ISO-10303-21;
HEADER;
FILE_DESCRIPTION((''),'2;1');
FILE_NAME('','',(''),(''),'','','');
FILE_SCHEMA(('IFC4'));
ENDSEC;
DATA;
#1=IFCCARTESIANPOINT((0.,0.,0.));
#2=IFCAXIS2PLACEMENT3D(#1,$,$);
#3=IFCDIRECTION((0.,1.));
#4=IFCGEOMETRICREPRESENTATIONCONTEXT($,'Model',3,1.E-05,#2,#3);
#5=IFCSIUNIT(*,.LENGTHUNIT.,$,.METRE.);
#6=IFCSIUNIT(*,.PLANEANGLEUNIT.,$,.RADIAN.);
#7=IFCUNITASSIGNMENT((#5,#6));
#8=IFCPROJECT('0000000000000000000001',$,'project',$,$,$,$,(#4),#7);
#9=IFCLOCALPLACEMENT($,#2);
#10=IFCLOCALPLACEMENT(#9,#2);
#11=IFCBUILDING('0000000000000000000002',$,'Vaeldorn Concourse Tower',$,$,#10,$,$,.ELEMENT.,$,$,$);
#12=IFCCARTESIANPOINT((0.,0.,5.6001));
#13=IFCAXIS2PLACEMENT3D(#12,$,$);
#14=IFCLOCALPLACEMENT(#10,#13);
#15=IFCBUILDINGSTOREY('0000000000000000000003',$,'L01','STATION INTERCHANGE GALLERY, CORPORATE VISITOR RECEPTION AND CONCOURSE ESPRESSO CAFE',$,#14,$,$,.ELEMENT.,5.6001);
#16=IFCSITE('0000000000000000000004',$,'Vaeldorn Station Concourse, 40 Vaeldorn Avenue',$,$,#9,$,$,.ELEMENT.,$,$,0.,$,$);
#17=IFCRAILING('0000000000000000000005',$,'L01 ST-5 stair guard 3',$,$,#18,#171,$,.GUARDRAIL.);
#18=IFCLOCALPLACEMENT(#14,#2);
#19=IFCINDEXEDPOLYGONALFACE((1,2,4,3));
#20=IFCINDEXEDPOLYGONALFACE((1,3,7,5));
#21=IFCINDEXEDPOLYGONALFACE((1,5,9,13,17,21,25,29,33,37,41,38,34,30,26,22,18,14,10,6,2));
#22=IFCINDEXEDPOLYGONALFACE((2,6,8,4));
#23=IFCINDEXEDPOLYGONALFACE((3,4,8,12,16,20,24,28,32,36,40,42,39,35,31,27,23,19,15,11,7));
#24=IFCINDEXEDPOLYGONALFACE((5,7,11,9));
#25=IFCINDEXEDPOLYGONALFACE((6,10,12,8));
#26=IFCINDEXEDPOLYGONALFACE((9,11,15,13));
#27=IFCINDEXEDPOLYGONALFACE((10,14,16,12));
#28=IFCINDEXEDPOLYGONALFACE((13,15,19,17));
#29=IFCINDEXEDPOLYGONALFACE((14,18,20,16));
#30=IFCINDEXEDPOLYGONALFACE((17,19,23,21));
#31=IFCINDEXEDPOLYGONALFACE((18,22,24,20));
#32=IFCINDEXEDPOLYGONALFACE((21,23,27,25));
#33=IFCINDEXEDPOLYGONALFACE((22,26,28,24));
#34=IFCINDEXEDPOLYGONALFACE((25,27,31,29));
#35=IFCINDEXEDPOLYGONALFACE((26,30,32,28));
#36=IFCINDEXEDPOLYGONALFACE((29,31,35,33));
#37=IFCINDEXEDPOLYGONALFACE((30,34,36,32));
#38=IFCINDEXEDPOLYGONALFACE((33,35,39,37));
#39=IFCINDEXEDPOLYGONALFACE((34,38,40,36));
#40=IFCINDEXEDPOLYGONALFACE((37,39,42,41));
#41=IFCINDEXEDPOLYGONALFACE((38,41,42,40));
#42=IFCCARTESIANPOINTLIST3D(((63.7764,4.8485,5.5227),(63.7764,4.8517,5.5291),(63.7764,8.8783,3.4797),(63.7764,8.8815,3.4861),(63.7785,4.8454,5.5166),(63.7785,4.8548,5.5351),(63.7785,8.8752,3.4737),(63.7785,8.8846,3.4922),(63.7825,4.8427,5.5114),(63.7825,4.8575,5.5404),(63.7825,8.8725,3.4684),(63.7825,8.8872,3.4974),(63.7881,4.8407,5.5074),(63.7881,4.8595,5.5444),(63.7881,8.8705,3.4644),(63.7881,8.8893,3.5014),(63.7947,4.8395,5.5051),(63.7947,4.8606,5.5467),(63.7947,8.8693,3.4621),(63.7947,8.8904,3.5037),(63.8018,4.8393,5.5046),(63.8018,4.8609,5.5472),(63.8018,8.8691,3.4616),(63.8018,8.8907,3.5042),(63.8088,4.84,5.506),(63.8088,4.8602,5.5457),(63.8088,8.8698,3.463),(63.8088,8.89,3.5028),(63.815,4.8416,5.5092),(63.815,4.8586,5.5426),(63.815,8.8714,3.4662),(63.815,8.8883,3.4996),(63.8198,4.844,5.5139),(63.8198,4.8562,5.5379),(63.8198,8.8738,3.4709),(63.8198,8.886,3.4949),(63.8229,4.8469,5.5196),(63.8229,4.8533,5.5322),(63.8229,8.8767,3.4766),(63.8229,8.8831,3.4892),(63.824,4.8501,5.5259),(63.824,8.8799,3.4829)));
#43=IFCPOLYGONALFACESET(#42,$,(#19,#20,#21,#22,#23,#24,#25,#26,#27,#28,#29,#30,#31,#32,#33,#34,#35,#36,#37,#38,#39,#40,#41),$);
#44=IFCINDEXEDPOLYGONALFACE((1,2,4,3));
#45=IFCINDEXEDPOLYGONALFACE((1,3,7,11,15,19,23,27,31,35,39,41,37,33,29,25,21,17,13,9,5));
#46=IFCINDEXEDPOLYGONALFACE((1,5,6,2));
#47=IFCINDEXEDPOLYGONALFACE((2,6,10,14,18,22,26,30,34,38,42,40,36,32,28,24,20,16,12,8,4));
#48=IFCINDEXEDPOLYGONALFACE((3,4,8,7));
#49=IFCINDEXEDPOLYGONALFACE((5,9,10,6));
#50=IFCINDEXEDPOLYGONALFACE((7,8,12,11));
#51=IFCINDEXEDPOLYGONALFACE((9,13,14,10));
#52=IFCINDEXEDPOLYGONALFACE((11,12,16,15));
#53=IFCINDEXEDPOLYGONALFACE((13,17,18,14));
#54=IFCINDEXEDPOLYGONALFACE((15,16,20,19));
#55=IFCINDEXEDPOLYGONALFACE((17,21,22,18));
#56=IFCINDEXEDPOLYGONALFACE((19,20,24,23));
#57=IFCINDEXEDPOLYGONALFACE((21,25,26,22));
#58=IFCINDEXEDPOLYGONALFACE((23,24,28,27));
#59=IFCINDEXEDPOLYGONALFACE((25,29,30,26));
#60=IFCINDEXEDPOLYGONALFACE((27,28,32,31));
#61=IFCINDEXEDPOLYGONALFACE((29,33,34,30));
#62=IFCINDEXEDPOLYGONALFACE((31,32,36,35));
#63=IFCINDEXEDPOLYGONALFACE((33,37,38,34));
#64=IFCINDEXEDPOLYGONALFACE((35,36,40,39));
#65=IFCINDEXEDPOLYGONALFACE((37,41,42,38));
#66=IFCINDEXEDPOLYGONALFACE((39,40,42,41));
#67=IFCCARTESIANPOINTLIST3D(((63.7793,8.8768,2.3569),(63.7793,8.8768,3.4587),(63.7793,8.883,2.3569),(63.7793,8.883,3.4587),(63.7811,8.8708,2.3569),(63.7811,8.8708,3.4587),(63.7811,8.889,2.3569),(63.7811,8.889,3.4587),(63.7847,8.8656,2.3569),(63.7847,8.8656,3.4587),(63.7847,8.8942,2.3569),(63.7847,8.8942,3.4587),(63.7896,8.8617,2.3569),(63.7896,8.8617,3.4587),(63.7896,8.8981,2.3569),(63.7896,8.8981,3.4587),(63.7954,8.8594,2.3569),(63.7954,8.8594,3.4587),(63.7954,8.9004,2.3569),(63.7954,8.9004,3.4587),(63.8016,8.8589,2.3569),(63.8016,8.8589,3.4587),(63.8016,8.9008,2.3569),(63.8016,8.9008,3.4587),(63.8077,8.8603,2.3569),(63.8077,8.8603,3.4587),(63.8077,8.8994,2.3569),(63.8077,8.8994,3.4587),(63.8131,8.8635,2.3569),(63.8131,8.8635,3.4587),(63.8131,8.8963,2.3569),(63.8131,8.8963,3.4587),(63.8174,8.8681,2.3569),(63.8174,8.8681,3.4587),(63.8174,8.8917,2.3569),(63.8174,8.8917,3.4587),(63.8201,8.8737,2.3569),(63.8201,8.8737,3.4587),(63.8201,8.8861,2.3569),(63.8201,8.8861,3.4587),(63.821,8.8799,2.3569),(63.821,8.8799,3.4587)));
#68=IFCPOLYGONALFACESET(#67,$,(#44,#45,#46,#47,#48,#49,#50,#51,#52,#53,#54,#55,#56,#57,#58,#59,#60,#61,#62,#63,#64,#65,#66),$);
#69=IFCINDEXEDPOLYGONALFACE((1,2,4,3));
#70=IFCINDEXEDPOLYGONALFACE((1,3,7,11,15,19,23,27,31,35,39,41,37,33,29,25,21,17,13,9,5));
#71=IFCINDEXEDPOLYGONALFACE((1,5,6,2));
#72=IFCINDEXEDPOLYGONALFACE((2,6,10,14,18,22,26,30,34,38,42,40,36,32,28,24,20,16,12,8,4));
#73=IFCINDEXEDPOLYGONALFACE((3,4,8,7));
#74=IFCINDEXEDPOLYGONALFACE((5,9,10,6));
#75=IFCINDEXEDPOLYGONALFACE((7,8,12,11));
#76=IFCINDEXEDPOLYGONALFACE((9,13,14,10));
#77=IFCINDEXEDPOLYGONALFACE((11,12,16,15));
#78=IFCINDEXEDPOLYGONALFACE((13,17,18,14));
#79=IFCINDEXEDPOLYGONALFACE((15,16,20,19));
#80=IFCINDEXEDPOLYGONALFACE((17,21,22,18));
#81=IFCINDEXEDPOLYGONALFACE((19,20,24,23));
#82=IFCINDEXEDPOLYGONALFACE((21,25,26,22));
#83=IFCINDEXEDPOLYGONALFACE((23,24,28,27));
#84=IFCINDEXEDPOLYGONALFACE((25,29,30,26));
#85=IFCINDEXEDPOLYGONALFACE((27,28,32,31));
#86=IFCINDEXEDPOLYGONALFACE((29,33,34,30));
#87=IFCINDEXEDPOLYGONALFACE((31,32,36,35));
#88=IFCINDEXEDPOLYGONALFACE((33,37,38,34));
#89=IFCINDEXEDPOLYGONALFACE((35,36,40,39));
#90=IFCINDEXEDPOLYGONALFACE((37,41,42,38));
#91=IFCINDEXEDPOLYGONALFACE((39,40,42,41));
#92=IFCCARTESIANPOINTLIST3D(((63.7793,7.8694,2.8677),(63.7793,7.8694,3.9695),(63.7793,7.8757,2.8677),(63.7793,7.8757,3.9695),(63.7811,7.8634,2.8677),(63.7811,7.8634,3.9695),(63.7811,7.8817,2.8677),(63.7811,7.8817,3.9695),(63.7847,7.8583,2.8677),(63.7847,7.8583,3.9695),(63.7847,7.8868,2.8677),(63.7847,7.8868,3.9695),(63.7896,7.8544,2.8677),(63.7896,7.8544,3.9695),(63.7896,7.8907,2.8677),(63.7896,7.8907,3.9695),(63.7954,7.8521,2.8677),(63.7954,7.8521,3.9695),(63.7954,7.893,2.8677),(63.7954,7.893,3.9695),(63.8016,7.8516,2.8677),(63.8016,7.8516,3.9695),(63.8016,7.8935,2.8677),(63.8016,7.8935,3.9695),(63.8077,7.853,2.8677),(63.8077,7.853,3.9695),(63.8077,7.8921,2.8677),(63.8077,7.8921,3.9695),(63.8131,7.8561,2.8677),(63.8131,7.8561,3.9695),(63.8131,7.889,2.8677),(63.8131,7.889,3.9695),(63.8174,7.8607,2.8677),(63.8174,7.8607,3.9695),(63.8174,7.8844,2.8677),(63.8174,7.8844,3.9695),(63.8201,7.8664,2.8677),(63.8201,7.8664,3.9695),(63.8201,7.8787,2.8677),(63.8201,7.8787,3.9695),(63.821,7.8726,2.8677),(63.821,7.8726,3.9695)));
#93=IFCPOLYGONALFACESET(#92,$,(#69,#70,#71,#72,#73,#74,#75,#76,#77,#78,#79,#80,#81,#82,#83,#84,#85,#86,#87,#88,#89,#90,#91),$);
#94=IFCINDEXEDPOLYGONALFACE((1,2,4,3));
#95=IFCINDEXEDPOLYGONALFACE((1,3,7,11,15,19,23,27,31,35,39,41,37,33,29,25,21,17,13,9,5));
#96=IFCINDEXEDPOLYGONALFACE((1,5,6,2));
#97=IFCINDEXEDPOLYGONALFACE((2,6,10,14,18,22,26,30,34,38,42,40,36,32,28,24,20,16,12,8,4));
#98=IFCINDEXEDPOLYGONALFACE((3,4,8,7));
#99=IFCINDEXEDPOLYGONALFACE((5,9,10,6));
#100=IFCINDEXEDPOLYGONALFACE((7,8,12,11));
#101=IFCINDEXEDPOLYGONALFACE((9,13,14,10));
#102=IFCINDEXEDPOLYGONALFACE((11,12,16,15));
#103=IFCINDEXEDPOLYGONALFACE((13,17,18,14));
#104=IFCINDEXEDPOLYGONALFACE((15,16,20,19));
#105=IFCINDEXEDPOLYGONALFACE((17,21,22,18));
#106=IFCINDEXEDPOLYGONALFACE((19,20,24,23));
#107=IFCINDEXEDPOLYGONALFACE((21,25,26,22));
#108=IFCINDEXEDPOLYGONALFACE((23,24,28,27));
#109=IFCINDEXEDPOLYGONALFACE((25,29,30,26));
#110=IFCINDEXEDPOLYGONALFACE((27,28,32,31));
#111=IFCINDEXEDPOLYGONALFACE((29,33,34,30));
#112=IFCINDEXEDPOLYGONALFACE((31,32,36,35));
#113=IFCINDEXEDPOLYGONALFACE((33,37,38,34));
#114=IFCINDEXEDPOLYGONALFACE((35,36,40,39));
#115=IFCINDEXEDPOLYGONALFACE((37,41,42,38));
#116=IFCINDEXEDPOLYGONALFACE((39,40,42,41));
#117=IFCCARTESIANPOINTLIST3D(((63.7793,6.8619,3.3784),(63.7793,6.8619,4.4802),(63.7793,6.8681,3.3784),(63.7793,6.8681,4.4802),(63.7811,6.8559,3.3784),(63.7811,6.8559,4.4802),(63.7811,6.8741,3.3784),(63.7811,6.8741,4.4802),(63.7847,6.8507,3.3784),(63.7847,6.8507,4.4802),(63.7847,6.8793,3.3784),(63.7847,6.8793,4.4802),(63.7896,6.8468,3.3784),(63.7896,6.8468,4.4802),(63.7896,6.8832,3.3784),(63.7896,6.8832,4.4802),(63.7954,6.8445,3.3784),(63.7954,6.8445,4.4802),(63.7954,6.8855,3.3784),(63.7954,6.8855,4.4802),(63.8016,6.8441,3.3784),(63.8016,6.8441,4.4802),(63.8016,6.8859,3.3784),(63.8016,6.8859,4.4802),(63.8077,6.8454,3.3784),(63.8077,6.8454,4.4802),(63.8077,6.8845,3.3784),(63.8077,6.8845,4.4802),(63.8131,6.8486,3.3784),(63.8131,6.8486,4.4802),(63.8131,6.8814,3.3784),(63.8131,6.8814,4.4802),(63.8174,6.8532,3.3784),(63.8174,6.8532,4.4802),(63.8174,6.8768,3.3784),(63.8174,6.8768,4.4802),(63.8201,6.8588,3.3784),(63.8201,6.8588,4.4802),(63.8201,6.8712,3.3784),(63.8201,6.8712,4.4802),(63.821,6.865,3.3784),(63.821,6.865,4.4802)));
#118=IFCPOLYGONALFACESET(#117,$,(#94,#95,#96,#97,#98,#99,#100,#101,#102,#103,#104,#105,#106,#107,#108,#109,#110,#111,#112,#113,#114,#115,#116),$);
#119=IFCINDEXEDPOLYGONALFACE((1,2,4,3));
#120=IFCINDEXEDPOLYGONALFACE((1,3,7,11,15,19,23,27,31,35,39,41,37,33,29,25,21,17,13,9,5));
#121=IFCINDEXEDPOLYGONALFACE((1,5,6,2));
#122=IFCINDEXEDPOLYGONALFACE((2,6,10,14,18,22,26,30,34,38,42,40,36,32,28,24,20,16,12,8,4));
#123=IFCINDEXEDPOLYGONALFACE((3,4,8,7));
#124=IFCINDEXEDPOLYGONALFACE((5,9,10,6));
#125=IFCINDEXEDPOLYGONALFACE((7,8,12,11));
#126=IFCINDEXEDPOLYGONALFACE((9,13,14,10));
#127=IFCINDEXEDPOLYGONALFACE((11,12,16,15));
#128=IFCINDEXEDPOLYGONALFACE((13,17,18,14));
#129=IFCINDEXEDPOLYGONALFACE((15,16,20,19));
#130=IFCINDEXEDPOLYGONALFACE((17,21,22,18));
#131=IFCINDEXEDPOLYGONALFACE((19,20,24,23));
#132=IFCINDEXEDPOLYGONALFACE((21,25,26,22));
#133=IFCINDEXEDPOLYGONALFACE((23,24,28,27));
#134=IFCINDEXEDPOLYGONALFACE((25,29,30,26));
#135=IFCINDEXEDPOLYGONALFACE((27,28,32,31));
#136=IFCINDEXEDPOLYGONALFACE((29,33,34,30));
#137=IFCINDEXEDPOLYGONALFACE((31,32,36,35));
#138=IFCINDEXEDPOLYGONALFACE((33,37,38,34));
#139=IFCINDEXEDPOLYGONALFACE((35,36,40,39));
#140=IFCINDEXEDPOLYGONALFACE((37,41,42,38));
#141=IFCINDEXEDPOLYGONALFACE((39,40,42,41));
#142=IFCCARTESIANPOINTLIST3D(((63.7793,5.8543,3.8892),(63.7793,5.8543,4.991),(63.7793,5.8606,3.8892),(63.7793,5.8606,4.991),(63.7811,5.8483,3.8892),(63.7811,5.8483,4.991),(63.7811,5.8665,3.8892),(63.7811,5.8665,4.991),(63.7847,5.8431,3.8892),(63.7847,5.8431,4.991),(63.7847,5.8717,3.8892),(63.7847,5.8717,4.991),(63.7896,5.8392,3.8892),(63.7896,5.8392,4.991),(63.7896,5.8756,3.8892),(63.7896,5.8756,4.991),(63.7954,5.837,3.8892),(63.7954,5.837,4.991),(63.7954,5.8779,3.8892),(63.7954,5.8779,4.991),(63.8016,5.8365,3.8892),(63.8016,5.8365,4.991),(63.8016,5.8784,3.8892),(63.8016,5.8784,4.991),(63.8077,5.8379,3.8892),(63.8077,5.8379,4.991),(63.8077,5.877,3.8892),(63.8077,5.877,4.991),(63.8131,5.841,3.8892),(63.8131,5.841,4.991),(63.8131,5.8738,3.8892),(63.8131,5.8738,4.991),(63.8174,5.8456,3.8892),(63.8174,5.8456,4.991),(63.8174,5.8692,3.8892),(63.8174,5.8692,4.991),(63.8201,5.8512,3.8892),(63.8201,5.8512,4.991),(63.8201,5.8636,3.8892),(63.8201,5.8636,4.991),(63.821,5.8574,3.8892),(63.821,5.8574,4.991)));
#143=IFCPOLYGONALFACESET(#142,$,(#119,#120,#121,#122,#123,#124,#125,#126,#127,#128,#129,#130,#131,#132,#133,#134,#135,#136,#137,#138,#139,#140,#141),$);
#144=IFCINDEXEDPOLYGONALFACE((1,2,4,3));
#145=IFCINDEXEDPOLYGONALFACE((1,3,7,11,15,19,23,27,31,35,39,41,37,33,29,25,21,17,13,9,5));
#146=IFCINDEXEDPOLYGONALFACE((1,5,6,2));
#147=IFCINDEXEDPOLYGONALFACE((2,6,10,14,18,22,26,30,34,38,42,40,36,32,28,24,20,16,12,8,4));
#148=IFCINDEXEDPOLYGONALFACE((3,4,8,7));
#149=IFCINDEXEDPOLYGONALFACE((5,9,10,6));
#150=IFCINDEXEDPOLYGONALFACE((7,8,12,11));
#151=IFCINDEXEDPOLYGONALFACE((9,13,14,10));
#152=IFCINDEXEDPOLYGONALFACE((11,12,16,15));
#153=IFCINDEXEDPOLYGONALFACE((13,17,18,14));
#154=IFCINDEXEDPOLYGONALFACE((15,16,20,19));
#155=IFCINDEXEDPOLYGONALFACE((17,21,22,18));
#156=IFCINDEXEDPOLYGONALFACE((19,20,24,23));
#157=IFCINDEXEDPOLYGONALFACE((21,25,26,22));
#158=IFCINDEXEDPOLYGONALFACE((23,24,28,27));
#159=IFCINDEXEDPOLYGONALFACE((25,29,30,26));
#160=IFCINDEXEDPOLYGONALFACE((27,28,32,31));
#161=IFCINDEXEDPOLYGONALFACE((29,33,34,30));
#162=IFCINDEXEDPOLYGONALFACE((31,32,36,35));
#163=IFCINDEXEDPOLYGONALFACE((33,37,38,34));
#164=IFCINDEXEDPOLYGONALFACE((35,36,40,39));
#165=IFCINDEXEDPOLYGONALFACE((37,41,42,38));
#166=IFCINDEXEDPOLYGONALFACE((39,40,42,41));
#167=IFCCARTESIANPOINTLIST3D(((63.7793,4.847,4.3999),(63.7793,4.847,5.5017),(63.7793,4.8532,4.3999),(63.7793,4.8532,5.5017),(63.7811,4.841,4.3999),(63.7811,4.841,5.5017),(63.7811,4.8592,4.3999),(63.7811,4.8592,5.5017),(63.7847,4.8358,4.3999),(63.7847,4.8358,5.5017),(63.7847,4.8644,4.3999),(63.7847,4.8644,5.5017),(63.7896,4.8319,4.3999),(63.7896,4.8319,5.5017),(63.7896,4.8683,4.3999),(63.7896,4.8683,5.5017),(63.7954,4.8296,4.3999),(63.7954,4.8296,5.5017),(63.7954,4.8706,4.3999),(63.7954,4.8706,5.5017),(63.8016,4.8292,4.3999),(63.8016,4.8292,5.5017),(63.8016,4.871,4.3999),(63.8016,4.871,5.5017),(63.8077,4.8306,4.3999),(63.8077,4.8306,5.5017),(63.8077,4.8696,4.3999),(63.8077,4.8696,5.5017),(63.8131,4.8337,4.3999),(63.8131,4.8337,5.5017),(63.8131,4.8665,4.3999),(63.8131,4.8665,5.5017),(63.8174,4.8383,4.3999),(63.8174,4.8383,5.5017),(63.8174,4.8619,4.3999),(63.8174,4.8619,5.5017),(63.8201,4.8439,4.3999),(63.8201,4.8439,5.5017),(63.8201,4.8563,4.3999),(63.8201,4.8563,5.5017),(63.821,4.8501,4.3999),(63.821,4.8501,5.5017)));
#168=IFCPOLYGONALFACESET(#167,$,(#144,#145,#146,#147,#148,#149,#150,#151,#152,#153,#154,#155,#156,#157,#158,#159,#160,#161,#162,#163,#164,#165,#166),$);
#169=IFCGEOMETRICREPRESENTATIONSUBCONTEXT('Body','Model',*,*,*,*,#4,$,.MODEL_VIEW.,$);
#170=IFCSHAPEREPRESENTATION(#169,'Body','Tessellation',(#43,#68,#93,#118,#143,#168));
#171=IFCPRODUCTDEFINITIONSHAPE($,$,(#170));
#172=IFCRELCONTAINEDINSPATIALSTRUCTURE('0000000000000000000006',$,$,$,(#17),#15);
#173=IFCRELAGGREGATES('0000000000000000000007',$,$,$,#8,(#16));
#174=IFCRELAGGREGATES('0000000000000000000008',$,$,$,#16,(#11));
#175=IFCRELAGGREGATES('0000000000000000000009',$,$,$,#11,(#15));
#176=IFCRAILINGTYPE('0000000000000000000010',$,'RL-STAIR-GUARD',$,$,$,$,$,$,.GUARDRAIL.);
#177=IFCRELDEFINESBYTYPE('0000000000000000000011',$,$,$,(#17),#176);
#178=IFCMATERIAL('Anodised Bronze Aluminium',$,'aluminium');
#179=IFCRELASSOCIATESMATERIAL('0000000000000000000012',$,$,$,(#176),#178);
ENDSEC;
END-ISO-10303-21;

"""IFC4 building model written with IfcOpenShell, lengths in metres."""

from ifc_helpers import new_model, si_unit, direction, frame, origin, origin_2d, place, context, subcontext, project, spatial, circle, extrude, material, type_object, element, save


model = new_model("IFC4")

# Units and contexts
model_context = context("Model", 3, precision=1e-05, world=origin(), true_north=direction((0.0, 1.0)))
body_context = subcontext(model_context, "Body", "Model", "MODEL_VIEW")
ifc_project = project(units=[si_unit("LENGTHUNIT", "METRE"), si_unit("PLANEANGLEUNIT", "RADIAN")], contexts=[model_context])

# Site, building, storey
site_placement = place(None, origin())
site = spatial("IfcSite", under=ifc_project, at=site_placement, Name="Vaeldorn Station Concourse, 40 Vaeldorn Avenue", CompositionType="ELEMENT", RefElevation=0.0)
building_placement = place(site_placement, origin())
building = spatial("IfcBuilding", under=site, at=building_placement, Name="Vaeldorn Concourse Tower", CompositionType="ELEMENT")
storey_placement = place(building_placement, frame((0.0, 0.0, 5.6001)))
storey = spatial("IfcBuildingStorey", under=building, at=storey_placement, Name="L01", Description="STATION INTERCHANGE GALLERY, CORPORATE VISITOR RECEPTION AND CONCOURSE ESPRESSO CAFE", CompositionType="ELEMENT", Elevation=5.6001)

# Shared definitions
ifc_material_1 = material(Name="Anodised Bronze Aluminium", Category="aluminium")

# Railing
railing_type_1 = type_object("IfcRailingType", Name="RL-STAIR-GUARD", PredefinedType="GUARDRAIL", material=ifc_material_1)
railing_1_placement = place(storey_placement, frame((63.8, 8.8799, 2.3569)))
element("IfcRailing", 1, at=railing_1_placement, inside=storey, type_object=railing_type_1, Name="L01 ST-5 stair guard 3", PredefinedType="GUARDRAIL", context=body_context, shape_type="SweptSolid", body=[
    extrude(circle(Radius=0.0239, at=origin_2d()), frame((0.0, 0.0, 1.126), z_axis=(0.0, -0.891928, 0.452178), x_axis=(1.0, 0.0, 0.0)), (0.0, 0.0, 1.0), 4.5181),
    extrude(circle(Radius=0.021, at=origin_2d()), origin(), (0.0, 0.0, 1.0), 1.1018),
    extrude(circle(Radius=0.021, at=origin_2d()), frame((0.0, -1.0073, 0.5107)), (0.0, 0.0, 1.0), 1.1018),
    extrude(circle(Radius=0.021, at=origin_2d()), frame((0.0, -2.0149, 1.0215)), (0.0, 0.0, 1.0), 1.1018),
    extrude(circle(Radius=0.021, at=origin_2d()), frame((0.0, -3.0225, 1.5322)), (0.0, 0.0, 1.0), 1.1018),
    extrude(circle(Radius=0.021, at=origin_2d()), frame((0.0, -4.0298, 2.043)), (0.0, 0.0, 1.0), 1.1018),
])

save(model, "model.ifc")
